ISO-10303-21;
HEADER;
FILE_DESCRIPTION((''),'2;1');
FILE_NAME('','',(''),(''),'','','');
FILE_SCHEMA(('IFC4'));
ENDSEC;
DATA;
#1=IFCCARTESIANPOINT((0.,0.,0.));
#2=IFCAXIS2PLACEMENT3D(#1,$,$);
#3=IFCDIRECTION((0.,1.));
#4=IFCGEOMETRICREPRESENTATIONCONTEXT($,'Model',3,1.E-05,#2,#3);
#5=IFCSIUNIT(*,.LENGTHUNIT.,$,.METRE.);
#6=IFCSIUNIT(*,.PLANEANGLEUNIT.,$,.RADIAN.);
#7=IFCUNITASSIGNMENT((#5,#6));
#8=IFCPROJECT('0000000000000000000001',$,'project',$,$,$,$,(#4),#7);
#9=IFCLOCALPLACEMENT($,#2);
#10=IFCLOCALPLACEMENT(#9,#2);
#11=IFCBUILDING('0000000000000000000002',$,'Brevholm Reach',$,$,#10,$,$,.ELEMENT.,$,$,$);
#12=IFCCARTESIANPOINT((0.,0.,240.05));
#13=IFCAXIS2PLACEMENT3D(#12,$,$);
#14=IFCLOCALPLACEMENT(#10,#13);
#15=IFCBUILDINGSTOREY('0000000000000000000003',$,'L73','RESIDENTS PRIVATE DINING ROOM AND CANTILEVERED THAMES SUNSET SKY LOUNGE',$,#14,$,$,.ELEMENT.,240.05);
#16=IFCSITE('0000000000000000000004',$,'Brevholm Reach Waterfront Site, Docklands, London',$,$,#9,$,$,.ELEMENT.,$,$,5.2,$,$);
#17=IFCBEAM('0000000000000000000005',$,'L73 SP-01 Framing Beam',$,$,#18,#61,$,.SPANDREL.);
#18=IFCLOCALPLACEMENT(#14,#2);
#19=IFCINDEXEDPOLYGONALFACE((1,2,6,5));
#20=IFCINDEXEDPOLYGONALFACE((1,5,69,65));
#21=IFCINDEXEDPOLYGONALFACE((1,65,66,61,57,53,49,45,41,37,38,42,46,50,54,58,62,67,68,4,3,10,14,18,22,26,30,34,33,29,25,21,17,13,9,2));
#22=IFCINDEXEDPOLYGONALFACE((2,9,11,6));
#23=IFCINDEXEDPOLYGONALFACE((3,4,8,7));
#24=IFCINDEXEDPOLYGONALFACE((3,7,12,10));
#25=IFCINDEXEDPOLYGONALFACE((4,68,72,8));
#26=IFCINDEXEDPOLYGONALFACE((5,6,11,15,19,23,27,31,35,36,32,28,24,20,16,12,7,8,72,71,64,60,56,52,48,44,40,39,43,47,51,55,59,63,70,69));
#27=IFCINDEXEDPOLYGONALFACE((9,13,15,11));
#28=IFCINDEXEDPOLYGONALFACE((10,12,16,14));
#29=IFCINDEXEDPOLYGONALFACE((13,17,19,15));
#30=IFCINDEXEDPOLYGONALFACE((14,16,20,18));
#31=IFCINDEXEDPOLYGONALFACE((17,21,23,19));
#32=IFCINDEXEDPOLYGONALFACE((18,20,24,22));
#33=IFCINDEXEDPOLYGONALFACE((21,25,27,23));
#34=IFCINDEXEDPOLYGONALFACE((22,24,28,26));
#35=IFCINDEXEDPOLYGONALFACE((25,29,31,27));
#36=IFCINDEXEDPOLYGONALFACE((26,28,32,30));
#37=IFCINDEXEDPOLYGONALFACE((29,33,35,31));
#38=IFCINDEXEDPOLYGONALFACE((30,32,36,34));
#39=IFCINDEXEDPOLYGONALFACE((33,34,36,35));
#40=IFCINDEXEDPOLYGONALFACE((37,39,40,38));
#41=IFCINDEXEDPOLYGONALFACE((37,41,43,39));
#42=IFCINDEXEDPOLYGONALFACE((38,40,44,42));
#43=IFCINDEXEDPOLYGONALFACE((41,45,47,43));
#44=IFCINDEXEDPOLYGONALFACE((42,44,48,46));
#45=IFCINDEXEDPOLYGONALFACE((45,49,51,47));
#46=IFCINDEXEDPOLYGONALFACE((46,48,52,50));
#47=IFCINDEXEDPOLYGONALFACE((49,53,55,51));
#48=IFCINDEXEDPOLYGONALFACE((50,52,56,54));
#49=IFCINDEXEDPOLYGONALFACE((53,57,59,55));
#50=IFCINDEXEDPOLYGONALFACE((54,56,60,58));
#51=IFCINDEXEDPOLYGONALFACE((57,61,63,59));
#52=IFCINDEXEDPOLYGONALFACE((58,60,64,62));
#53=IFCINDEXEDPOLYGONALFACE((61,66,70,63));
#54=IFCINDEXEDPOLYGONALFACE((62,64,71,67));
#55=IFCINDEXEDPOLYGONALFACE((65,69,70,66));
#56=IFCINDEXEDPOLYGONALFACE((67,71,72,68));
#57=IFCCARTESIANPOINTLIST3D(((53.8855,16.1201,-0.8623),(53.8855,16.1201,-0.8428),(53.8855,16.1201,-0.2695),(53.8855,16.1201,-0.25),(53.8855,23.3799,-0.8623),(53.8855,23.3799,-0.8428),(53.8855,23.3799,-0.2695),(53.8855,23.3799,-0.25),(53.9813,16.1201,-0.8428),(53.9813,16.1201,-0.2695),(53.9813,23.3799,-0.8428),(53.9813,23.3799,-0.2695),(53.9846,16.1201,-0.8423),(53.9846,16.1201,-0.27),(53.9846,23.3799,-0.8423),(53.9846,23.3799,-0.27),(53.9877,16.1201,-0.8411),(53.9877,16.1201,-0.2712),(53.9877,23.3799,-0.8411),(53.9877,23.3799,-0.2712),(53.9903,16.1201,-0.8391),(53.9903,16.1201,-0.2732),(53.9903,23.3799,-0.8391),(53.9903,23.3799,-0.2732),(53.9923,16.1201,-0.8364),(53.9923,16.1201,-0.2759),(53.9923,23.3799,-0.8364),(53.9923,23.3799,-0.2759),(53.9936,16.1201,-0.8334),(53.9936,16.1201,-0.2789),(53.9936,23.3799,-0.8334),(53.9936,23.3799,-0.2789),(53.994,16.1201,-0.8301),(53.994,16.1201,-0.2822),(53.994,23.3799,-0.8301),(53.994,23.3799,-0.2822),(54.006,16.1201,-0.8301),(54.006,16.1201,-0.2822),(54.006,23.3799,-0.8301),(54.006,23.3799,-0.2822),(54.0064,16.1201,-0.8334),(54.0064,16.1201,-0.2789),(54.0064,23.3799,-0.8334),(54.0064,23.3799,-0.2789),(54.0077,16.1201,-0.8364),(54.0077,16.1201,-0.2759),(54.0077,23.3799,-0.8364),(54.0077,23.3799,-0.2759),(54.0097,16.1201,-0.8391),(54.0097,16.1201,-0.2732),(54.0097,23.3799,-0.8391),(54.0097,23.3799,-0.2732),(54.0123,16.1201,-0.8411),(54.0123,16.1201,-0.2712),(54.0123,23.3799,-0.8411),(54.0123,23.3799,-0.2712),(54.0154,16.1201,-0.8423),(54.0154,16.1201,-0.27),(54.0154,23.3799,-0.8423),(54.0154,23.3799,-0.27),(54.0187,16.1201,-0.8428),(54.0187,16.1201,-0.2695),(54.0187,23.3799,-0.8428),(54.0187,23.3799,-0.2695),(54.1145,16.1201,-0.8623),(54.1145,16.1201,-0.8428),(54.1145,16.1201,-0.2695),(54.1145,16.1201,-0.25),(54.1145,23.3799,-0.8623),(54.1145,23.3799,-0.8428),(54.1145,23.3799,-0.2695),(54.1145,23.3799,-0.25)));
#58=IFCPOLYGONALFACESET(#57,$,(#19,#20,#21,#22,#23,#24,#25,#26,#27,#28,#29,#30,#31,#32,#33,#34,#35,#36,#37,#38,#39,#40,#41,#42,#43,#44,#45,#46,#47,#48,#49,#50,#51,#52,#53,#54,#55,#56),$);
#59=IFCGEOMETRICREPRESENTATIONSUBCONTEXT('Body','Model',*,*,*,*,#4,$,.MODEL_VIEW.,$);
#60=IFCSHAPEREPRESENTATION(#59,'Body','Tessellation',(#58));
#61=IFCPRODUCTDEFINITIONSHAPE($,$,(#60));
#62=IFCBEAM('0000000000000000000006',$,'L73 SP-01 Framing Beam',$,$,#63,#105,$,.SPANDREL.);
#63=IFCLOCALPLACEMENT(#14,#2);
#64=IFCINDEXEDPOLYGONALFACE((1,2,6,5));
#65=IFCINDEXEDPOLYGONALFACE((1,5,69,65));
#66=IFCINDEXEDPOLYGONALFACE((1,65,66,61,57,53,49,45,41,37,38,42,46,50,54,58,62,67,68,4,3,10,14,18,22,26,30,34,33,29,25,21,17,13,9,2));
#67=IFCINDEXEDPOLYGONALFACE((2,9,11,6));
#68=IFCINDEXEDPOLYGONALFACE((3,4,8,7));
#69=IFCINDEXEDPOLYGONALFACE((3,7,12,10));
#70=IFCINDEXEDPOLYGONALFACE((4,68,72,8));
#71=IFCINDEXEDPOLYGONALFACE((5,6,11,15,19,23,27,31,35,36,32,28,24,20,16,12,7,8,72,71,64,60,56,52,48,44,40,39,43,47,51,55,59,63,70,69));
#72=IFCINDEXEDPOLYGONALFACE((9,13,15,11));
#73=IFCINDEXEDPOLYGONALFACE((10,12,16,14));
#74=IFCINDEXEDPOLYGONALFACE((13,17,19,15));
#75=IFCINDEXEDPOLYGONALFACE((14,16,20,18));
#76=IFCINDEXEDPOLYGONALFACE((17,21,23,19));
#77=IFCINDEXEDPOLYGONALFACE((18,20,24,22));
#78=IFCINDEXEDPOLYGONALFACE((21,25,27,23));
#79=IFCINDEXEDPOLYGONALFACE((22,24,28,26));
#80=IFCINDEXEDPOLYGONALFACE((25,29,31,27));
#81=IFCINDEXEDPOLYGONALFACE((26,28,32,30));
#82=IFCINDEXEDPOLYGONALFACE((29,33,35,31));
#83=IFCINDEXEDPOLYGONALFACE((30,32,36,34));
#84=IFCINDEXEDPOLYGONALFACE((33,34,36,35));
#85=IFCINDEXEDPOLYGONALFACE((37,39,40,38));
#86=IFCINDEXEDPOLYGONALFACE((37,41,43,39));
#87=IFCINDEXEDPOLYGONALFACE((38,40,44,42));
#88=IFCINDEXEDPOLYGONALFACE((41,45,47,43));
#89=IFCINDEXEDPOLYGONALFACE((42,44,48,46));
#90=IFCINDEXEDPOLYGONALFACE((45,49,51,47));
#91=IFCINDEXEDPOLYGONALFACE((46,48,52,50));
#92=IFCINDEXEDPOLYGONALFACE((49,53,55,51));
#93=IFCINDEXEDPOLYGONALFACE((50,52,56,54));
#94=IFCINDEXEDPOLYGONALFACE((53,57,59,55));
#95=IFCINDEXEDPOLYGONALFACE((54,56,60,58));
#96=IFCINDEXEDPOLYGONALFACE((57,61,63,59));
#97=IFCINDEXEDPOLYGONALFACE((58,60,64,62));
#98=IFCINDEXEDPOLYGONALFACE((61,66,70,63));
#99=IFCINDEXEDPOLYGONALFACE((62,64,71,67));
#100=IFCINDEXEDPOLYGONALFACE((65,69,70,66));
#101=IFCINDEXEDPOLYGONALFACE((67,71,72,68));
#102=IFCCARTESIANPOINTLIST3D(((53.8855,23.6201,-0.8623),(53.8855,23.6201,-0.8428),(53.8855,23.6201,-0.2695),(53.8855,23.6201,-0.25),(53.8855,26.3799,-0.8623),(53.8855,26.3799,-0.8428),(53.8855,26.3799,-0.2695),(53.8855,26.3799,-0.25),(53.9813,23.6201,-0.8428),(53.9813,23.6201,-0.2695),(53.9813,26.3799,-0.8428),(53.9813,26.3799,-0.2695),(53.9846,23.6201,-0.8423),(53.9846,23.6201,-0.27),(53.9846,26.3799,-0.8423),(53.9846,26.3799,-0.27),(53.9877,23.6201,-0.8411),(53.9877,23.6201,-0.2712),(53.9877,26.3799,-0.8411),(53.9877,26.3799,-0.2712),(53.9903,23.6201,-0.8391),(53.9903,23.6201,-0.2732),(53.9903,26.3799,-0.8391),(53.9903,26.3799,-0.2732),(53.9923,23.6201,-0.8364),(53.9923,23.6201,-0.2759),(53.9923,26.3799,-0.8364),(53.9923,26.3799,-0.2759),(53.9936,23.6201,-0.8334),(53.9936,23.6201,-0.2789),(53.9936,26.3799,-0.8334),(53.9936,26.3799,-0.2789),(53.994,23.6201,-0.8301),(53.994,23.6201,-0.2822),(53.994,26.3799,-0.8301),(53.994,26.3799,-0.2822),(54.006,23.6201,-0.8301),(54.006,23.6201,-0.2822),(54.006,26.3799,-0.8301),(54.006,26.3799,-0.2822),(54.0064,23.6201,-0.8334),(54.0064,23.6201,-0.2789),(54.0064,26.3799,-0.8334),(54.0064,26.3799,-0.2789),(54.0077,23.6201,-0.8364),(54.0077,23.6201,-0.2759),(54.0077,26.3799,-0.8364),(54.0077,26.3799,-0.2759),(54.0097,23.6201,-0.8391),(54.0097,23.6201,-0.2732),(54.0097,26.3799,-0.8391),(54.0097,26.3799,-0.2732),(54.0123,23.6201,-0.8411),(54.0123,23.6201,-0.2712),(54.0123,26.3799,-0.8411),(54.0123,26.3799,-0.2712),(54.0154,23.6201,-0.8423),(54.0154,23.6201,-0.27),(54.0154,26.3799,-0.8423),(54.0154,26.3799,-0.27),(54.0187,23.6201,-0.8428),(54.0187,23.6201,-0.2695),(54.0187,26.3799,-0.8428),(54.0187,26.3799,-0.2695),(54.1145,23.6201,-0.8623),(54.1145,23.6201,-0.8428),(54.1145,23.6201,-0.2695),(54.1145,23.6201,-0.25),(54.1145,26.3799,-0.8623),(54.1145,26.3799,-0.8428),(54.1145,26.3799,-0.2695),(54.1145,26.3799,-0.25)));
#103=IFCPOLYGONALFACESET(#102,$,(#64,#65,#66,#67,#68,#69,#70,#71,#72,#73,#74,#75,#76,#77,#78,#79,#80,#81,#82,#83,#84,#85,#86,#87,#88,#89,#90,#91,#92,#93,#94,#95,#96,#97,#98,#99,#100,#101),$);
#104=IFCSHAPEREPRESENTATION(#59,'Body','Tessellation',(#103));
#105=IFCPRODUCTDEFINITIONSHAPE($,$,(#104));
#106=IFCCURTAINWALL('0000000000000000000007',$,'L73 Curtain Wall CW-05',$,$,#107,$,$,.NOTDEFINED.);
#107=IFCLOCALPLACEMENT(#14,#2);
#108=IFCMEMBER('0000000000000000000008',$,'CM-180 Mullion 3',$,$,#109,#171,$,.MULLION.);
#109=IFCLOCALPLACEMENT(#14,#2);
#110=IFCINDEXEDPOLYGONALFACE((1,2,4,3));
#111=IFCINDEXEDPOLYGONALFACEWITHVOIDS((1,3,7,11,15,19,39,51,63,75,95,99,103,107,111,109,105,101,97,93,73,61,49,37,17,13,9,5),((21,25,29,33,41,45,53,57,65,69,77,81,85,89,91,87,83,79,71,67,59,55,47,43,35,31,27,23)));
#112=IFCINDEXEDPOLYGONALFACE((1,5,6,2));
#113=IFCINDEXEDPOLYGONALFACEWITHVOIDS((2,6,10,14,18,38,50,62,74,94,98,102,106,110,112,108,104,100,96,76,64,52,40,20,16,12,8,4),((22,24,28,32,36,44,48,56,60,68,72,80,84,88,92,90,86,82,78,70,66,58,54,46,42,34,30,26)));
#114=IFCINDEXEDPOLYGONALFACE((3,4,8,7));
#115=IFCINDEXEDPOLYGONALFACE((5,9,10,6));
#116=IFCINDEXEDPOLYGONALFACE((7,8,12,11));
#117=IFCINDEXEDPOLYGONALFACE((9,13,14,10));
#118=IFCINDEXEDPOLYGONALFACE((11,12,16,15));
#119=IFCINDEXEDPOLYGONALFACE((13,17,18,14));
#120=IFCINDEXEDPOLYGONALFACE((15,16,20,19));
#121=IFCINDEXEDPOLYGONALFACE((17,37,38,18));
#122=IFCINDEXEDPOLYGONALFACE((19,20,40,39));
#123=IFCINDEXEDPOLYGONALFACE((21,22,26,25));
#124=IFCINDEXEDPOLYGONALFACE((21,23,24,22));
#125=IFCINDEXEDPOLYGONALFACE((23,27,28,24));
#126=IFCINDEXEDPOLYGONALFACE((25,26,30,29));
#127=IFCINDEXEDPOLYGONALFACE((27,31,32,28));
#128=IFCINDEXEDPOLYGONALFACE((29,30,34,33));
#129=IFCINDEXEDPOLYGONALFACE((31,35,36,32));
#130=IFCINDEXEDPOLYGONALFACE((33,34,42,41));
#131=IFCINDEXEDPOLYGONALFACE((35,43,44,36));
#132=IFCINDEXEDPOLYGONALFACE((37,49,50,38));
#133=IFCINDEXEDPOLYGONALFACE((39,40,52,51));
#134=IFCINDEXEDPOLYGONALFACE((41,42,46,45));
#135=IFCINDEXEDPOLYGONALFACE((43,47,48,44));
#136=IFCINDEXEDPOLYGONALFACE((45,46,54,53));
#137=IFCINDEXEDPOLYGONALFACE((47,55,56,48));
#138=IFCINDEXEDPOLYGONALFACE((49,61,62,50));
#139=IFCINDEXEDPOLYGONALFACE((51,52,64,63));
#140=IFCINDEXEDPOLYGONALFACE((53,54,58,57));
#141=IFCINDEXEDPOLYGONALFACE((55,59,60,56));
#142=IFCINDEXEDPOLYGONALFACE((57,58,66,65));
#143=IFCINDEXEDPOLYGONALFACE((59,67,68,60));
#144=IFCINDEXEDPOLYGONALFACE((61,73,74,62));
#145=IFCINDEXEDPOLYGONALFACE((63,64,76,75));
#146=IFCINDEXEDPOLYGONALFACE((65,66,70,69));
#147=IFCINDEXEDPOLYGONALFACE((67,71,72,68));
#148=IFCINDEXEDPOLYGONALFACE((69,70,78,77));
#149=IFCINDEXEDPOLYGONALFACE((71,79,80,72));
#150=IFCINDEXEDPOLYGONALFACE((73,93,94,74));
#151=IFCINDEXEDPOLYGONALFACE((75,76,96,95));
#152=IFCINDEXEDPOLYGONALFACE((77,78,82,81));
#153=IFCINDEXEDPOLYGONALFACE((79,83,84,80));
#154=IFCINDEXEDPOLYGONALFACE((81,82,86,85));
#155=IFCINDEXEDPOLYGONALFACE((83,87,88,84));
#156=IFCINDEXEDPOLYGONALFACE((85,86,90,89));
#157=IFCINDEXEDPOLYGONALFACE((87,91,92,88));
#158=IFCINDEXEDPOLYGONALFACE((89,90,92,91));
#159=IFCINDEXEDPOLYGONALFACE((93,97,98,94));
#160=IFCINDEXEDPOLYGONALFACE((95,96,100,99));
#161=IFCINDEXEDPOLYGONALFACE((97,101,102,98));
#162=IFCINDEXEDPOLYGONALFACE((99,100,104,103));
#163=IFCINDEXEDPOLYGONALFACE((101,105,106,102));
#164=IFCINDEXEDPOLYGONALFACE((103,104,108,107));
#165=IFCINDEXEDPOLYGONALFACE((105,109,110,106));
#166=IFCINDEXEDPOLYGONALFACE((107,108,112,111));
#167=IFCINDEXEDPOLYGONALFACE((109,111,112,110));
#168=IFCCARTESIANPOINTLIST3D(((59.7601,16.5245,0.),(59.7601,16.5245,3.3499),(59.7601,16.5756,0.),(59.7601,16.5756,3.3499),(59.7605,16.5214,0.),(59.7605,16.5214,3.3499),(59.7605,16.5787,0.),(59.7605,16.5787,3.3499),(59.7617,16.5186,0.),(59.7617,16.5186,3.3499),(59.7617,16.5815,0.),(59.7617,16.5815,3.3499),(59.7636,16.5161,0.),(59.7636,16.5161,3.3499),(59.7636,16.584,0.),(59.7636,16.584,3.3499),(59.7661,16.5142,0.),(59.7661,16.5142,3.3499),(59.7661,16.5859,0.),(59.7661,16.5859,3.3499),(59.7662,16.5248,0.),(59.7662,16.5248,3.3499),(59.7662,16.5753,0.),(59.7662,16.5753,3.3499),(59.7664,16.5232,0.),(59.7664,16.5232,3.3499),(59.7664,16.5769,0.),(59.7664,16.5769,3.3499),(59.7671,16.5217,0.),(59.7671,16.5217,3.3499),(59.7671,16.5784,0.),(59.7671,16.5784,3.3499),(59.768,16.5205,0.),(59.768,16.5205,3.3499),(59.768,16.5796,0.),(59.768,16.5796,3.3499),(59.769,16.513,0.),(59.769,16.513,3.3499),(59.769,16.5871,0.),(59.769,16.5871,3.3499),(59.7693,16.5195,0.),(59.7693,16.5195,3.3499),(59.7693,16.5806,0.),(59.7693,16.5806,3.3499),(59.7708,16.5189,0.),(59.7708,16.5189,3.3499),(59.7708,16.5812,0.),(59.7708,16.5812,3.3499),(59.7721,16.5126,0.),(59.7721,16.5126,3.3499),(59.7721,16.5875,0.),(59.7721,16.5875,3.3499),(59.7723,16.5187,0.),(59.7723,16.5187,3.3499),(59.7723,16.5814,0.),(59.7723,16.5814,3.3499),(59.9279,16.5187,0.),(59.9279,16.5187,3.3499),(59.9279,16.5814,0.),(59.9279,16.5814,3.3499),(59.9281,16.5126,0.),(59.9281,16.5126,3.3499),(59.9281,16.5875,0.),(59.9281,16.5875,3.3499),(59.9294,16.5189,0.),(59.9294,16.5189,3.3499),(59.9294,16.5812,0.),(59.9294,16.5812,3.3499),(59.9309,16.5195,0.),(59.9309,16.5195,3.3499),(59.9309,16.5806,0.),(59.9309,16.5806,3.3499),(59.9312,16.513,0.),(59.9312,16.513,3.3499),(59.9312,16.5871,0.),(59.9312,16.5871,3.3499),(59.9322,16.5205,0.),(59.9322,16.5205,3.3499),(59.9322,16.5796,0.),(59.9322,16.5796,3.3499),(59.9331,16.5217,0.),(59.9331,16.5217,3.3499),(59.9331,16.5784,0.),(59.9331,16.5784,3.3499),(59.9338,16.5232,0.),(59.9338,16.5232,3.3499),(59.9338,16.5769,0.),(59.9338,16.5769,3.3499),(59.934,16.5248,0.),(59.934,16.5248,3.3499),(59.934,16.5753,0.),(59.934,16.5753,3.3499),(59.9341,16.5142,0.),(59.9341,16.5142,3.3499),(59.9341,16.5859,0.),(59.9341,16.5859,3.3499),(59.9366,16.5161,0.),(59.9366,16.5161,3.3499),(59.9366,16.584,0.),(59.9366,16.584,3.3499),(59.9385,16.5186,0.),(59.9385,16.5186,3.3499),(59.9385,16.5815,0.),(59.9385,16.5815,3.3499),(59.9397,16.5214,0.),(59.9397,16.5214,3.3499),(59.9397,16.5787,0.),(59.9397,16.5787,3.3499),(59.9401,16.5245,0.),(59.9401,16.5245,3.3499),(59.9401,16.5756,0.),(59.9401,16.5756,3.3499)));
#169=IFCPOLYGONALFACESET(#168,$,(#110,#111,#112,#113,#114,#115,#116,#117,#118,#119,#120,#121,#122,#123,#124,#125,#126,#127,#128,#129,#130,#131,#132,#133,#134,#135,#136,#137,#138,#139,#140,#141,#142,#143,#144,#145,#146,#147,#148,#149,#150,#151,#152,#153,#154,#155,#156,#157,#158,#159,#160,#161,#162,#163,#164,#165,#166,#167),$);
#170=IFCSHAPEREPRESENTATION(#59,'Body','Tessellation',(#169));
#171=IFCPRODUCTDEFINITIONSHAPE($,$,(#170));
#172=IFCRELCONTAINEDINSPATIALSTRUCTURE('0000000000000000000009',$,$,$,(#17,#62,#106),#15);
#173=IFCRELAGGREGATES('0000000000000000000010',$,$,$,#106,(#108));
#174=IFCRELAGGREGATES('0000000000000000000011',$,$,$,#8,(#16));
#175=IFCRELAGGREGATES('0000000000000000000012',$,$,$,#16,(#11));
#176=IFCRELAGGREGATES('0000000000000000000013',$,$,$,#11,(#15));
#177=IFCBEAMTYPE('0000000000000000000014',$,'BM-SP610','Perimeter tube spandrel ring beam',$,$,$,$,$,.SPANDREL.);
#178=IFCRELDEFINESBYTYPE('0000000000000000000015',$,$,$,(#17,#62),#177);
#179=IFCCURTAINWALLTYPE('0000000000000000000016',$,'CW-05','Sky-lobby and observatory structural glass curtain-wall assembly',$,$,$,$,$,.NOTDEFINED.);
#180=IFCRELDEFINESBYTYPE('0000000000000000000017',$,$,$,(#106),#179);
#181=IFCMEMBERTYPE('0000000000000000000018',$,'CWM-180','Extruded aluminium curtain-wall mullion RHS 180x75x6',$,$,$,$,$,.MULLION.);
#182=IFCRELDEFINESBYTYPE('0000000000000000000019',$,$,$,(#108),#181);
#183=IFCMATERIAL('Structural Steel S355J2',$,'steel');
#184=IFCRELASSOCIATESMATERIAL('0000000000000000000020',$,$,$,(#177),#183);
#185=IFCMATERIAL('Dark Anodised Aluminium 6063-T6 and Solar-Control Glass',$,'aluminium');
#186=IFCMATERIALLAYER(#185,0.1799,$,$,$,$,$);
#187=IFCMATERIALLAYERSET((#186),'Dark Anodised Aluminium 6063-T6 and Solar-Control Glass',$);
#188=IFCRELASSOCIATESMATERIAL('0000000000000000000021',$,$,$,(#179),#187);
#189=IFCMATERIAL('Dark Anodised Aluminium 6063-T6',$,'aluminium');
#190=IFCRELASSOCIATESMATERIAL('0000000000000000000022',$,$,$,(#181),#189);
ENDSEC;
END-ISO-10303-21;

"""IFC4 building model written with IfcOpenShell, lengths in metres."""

from ifc_helpers import new_model, si_unit, direction, frame, origin, origin_2d, place, context, subcontext, project, spatial, hollow_rectangle, i_section, extrude, material, layer, layer_set, material_profile, profile_set, type_object, element, aggregate, save


model = new_model("IFC4")

# Units and contexts
model_context = context("Model", 3, precision=1e-05, world=origin(), true_north=direction((0.0, 1.0)))
body_context = subcontext(model_context, "Body", "Model", "MODEL_VIEW")
ifc_project = project(units=[si_unit("LENGTHUNIT", "METRE"), si_unit("PLANEANGLEUNIT", "RADIAN")], contexts=[model_context])

# Site, building, storey
site_placement = place(None, origin())
site = spatial("IfcSite", under=ifc_project, at=site_placement, Name="Brevholm Reach Waterfront Site, Docklands, London", CompositionType="ELEMENT", RefElevation=5.2)
building_placement = place(site_placement, origin())
building = spatial("IfcBuilding", under=site, at=building_placement, Name="Brevholm Reach", CompositionType="ELEMENT")
storey_placement = place(building_placement, frame((0.0, 0.0, 240.05)))
storey = spatial("IfcBuildingStorey", under=building, at=storey_placement, Name="L73", Description="RESIDENTS PRIVATE DINING ROOM AND CANTILEVERED THAMES SUNSET SKY LOUNGE", CompositionType="ELEMENT", Elevation=240.05)

# Beams
ifc_material_1 = material(Name="Structural Steel S355J2", Category="steel")
ifc_material_profile_1 = material_profile(ifc_material_1, i_section(OverallWidth=0.229, OverallDepth=0.6123, WebThickness=0.012, FlangeThickness=0.0195, FilletRadius=0.0127, at=origin_2d()), Name="UKB 610x229x125")
ifc_profile_set_1 = profile_set([ifc_material_profile_1], Name="Structural Steel S355J2")
beam_type_1 = type_object("IfcBeamType", Name="BM-SP610", Description="Perimeter tube spandrel ring beam", PredefinedType="SPANDREL", material=ifc_profile_set_1)
beam_1_placement = place(storey_placement, frame((54.0, 16.1201, -0.5562), z_axis=(0.0, 1.0, 0.0), x_axis=(-1.0, 0.0, 0.0)))
element("IfcBeam", 1, at=beam_1_placement, inside=storey, type_object=beam_type_1, Name="L73 SP-01 Framing Beam", PredefinedType="SPANDREL", context=body_context, shape_type="SweptSolid", body=[
    extrude(i_section(OverallWidth=0.229, OverallDepth=0.6123, WebThickness=0.012, FlangeThickness=0.0195, FilletRadius=0.0127, at=origin_2d()), origin(), (0.0, 0.0, 1.0), 7.2598),
])
beam_2_placement = place(storey_placement, frame((54.0, 23.6201, -0.5562), z_axis=(0.0, 1.0, 0.0), x_axis=(-1.0, 0.0, 0.0)))
element("IfcBeam", 2, at=beam_2_placement, inside=storey, type_object=beam_type_1, Name="L73 SP-01 Framing Beam", PredefinedType="SPANDREL", context=body_context, shape_type="SweptSolid", body=[
    extrude(i_section(OverallWidth=0.229, OverallDepth=0.6123, WebThickness=0.012, FlangeThickness=0.0195, FilletRadius=0.0127, at=origin_2d()), origin(), (0.0, 0.0, 1.0), 2.7598),
])

# Curtain wall, member
ifc_material_2 = material(Name="Dark Anodised Aluminium 6063-T6 and Solar-Control Glass", Category="aluminium")
ifc_layer_1 = layer(ifc_material_2, 0.1799)
ifc_layer_set_1 = layer_set([ifc_layer_1], Name="Dark Anodised Aluminium 6063-T6 and Solar-Control Glass")
curtain_wall_type = type_object("IfcCurtainWallType", Name="CW-05", Description="Sky-lobby and observatory structural glass curtain-wall assembly", PredefinedType="NOTDEFINED", material=ifc_layer_set_1)
curtain_wall_placement = place(storey_placement, origin())
curtain_wall = element("IfcCurtainWall", 3, at=curtain_wall_placement, inside=storey, type_object=curtain_wall_type, Name="L73 Curtain Wall CW-05", PredefinedType="NOTDEFINED")
ifc_material_3 = material(Name="Dark Anodised Aluminium 6063-T6", Category="aluminium")
ifc_material_profile_2 = material_profile(ifc_material_3, hollow_rectangle(XDim=0.075, YDim=0.1799, WallThickness=0.0061, InnerFilletRadius=0.0061, OuterFilletRadius=0.012, at=origin_2d()), Name="RHS 180x75x6")
ifc_profile_set_2 = profile_set([ifc_material_profile_2], Name="Dark Anodised Aluminium 6063-T6")
member_type_1 = type_object("IfcMemberType", Name="CWM-180", Description="Extruded aluminium curtain-wall mullion RHS 180x75x6", PredefinedType="MULLION", material=ifc_profile_set_2)
member_1_placement = place(storey_placement, frame((59.8501, 16.55, 0.0), z_axis=(0.0, 0.0, 1.0), x_axis=(0.0, 1.0, 0.0)))
member_1 = element("IfcMember", 4, at=member_1_placement, type_object=member_type_1, Name="CM-180 Mullion 3", PredefinedType="MULLION", context=body_context, shape_type="SweptSolid", body=[
    extrude(hollow_rectangle(XDim=0.075, YDim=0.1799, WallThickness=0.0061, InnerFilletRadius=0.0061, OuterFilletRadius=0.012, at=origin_2d()), origin(), (0.0, 0.0, 1.0), 3.3499),
])
aggregate(curtain_wall, [member_1])

save(model, "model.ifc")
